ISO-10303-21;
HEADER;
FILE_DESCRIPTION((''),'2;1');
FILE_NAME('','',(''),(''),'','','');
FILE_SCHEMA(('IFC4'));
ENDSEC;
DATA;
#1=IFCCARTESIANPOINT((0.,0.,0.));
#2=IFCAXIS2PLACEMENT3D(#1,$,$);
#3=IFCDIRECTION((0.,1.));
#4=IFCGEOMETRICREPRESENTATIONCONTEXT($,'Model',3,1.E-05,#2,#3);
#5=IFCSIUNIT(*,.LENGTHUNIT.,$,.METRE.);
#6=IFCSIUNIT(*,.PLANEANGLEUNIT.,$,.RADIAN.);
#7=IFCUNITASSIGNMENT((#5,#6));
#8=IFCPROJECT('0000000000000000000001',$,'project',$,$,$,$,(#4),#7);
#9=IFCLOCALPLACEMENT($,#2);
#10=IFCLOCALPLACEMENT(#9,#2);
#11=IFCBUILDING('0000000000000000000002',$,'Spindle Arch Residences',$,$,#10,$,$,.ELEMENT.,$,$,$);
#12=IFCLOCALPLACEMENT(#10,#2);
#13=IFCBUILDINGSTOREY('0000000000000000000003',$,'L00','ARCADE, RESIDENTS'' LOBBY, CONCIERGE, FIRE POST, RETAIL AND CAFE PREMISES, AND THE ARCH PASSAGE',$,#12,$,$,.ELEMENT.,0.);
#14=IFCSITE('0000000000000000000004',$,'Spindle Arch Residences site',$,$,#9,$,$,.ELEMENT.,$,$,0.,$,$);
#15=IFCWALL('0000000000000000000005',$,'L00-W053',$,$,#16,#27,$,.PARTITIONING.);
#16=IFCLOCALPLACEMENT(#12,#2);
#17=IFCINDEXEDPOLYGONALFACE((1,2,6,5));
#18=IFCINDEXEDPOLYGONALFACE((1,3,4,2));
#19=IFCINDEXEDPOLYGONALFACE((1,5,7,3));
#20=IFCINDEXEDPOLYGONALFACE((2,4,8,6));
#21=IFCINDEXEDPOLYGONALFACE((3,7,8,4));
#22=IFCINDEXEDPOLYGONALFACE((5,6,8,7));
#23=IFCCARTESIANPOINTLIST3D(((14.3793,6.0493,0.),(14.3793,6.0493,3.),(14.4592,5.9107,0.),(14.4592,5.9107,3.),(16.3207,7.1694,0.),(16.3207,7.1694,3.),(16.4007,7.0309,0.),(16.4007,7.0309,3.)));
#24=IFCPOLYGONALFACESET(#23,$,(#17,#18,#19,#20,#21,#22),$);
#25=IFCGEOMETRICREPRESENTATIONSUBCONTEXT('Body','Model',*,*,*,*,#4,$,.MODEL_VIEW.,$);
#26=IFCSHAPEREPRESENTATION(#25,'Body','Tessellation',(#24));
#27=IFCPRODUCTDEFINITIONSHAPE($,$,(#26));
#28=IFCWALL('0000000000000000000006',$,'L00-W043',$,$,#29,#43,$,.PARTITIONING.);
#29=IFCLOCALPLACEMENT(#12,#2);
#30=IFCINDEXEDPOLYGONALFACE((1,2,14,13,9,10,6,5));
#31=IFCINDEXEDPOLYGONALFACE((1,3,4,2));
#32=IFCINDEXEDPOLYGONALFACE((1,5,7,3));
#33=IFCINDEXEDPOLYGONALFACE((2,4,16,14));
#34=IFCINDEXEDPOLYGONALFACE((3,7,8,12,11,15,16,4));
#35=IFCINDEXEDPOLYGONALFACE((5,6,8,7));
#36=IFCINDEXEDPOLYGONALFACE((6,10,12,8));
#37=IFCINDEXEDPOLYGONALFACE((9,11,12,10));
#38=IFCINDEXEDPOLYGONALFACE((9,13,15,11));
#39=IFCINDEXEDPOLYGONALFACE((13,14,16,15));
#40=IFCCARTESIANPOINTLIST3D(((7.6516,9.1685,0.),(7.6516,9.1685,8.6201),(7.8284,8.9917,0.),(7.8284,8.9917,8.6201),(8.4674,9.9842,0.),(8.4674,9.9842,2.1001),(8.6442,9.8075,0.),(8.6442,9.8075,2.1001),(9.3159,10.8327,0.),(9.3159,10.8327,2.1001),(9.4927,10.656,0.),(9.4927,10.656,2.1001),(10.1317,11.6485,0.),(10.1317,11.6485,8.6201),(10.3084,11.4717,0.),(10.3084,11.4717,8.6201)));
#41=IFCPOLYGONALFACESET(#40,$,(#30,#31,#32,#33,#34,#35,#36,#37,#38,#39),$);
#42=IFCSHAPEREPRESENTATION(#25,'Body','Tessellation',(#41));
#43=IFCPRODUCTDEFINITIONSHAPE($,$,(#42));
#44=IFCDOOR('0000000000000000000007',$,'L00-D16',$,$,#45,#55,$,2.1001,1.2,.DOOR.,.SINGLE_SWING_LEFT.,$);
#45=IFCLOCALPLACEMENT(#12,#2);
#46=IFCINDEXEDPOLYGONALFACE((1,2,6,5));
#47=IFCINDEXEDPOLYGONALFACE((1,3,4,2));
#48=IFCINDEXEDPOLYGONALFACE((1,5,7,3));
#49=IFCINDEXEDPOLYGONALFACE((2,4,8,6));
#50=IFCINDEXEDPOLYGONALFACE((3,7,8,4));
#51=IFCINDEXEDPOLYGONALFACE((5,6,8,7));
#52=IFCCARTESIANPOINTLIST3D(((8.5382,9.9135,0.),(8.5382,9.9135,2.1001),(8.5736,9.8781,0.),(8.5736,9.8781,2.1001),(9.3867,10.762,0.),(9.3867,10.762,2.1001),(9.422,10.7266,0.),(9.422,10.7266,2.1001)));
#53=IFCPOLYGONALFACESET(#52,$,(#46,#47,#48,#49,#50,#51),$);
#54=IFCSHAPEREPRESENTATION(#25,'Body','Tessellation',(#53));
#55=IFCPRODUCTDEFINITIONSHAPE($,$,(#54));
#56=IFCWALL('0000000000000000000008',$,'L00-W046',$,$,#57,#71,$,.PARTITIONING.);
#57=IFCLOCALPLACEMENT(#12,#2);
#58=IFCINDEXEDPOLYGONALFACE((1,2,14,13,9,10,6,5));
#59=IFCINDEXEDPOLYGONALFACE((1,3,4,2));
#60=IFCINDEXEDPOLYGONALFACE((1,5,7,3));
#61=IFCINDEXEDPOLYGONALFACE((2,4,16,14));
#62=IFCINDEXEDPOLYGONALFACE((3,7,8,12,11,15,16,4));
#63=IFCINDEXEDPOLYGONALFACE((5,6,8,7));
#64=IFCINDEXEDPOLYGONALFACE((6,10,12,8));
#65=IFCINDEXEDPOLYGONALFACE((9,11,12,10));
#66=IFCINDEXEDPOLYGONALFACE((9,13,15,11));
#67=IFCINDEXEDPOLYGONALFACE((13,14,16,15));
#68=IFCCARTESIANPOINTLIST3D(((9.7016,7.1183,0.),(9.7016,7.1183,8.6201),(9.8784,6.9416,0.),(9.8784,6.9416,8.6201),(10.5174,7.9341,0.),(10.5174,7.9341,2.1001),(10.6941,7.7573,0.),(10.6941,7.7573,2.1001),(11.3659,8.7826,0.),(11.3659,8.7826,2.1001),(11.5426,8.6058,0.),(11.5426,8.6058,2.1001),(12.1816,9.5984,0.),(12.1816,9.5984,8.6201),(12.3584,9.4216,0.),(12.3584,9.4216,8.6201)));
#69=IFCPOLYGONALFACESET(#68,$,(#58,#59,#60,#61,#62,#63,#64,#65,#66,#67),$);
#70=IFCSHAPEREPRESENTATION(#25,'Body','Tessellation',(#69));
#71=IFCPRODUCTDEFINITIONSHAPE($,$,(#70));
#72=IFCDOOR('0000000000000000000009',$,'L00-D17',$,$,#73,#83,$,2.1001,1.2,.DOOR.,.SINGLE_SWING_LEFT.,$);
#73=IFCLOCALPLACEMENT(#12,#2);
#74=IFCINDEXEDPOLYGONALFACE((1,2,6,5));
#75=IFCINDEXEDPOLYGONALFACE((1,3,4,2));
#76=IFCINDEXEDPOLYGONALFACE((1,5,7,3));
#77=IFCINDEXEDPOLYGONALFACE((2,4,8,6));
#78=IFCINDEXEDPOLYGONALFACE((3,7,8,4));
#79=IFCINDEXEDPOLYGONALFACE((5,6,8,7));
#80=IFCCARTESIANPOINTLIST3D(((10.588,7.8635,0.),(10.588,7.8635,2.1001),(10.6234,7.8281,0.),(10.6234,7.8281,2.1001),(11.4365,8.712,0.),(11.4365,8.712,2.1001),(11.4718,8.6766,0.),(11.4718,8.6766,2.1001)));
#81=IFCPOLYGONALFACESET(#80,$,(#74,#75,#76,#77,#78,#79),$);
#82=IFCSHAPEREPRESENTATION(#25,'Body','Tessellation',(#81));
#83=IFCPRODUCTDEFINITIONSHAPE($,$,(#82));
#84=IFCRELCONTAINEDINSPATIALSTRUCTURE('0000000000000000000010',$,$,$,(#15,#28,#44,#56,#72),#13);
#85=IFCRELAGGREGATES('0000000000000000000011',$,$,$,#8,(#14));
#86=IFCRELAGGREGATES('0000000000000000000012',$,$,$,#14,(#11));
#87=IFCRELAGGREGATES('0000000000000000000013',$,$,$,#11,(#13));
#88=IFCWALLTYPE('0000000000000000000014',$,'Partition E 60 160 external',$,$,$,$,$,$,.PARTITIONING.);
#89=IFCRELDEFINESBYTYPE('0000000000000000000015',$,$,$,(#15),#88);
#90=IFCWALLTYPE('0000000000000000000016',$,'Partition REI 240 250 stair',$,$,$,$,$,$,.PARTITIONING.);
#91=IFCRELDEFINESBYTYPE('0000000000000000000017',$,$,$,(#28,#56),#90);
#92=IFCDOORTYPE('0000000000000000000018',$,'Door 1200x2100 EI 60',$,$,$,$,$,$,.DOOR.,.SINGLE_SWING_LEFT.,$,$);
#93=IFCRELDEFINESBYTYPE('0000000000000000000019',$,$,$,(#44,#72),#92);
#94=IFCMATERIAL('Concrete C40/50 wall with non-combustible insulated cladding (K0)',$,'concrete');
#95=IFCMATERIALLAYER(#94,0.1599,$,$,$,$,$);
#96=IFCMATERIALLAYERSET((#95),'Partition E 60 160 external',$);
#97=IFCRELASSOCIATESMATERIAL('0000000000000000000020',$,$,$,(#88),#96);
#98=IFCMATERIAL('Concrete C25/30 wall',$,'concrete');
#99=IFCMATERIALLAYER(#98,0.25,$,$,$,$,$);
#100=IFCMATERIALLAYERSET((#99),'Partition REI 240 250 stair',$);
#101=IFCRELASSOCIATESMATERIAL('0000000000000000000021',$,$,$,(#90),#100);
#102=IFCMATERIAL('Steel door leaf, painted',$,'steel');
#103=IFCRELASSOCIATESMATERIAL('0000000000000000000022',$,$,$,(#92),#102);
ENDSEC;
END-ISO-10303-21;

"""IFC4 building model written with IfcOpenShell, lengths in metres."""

from ifc_helpers import new_model, si_unit, direction, frame, frame_2d, origin, place, context, subcontext, project, spatial, rectangle, extrude, material, layer, layer_set, type_object, element, fill, save


model = new_model("IFC4")

# Units and contexts
model_context = context("Model", 3, precision=1e-05, world=origin(), true_north=direction((0.0, 1.0)))
body_context = subcontext(model_context, "Body", "Model", "MODEL_VIEW")
ifc_project = project(units=[si_unit("LENGTHUNIT", "METRE"), si_unit("PLANEANGLEUNIT", "RADIAN")], contexts=[model_context])

# Site, building, storey
site_placement = place(None, origin())
site = spatial("IfcSite", under=ifc_project, at=site_placement, Name="Spindle Arch Residences site", CompositionType="ELEMENT", RefElevation=0.0)
building_placement = place(site_placement, origin())
building = spatial("IfcBuilding", under=site, at=building_placement, Name="Spindle Arch Residences", CompositionType="ELEMENT")
storey_placement = place(building_placement, origin())
storey = spatial("IfcBuildingStorey", under=building, at=storey_placement, Name="L00", Description="ARCADE, RESIDENTS' LOBBY, CONCIERGE, FIRE POST, RETAIL AND CAFE PREMISES, AND THE ARCH PASSAGE", CompositionType="ELEMENT", Elevation=0.0)

# Shared definitions
ifc_material_1 = material(Name="Concrete C40/50 wall with non-combustible insulated cladding (K0)", Category="concrete")
ifc_layer_1 = layer(ifc_material_1, 0.1599)
ifc_layer_set_1 = layer_set([ifc_layer_1], Name="Partition E 60 160 external")
wall_type_1 = type_object("IfcWallType", Name="Partition E 60 160 external", PredefinedType="PARTITIONING", material=ifc_layer_set_1)

# Wall
wall_1_placement = place(storey_placement, frame((16.3606, 7.1001, 0.0), z_axis=(0.0, 0.0, 1.0), x_axis=(-0.866171, -0.499748, 0.0)))
element("IfcWall", 1, at=wall_1_placement, inside=storey, type_object=wall_type_1, Name="L00-W053", PredefinedType="PARTITIONING", context=body_context, shape_type="SweptSolid", body=[
    extrude(rectangle(XDim=2.2415, YDim=0.1599, at=frame_2d((1.1206, 0.0))), origin(), (0.0, 0.0, 1.0), 3.0),
])

# Walls, openings, doors
ifc_material_2 = material(Name="Concrete C25/30 wall", Category="concrete")
ifc_layer_2 = layer(ifc_material_2, 0.25)
ifc_layer_set_2 = layer_set([ifc_layer_2], Name="Partition REI 240 250 stair")
wall_type_2 = type_object("IfcWallType", Name="Partition REI 240 250 stair", PredefinedType="PARTITIONING", material=ifc_layer_set_2)
wall_2_placement = place(storey_placement, frame((7.74, 9.0801, 0.0), z_axis=(0.0, 0.0, 1.0), x_axis=(0.707107, 0.707107, 0.0)))
wall_2 = element("IfcWall", 2, at=wall_2_placement, inside=storey, type_object=wall_type_2, Name="L00-W043", PredefinedType="PARTITIONING", context=body_context, shape_type="SweptSolid", body=[
    extrude(rectangle(XDim=3.5073, YDim=0.25, at=frame_2d((1.7537, 0.0))), origin(), (0.0, 0.0, 1.0), 8.6201),
])
opening_1_placement = place(wall_2_placement, frame((1.1536, 0.0, 0.0)))
opening_1 = element("IfcOpeningElement", 3, at=opening_1_placement, cuts=wall_2, PredefinedType="OPENING", context=body_context, shape_type="SweptSolid", body=[
    extrude(rectangle(XDim=1.2, YDim=2.1001, at=frame_2d((0.6001, 1.05))), frame((0.0, 0.135, 0.0), z_axis=(0.0, -1.0, 0.0), x_axis=(1.0, 0.0, 0.0)), (0.0, 0.0, 1.0), 0.27),
])
ifc_material_3 = material(Name="Steel door leaf, painted", Category="steel")
door_type_1 = type_object("IfcDoorType", Name="Door 1200x2100 EI 60", OperationType="SINGLE_SWING_LEFT", PredefinedType="DOOR", material=ifc_material_3)
door_1_placement = place(opening_1_placement, origin())
door_1 = element("IfcDoor", 4, at=door_1_placement, inside=storey, type_object=door_type_1, Name="L00-D16", OperationType="SINGLE_SWING_LEFT", OverallHeight=2.1001, OverallWidth=1.2, PredefinedType="DOOR", context=body_context, shape_type="SweptSolid", body=[
    extrude(rectangle(XDim=1.2, YDim=2.1001, at=frame_2d((0.6001, 1.05))), frame((0.0, 0.0249, 0.0), z_axis=(0.0, -1.0, 0.0), x_axis=(1.0, 0.0, 0.0)), (0.0, 0.0, 1.0), 0.05),
])
fill(opening_1, door_1)
wall_3_placement = place(storey_placement, frame((12.27, 9.51, 0.0), z_axis=(0.0, 0.0, 1.0), x_axis=(-0.707107, -0.707107, 0.0)))
wall_3 = element("IfcWall", 5, at=wall_3_placement, inside=storey, type_object=wall_type_2, Name="L00-W046", PredefinedType="PARTITIONING", context=body_context, shape_type="SweptSolid", body=[
    extrude(rectangle(XDim=3.5073, YDim=0.25, at=frame_2d((1.7537, 0.0))), origin(), (0.0, 0.0, 1.0), 8.6201),
])
opening_2_placement = place(wall_3_placement, frame((1.1536, 0.0, 0.0)))
opening_2 = element("IfcOpeningElement", 6, at=opening_2_placement, cuts=wall_3, PredefinedType="OPENING", context=body_context, shape_type="SweptSolid", body=[
    extrude(rectangle(XDim=1.2, YDim=2.1001, at=frame_2d((0.6001, 1.05))), frame((0.0, 0.135, 0.0), z_axis=(0.0, -1.0, 0.0), x_axis=(1.0, 0.0, 0.0)), (0.0, 0.0, 1.0), 0.27),
])
door_2_placement = place(opening_2_placement, origin())
door_2 = element("IfcDoor", 7, at=door_2_placement, inside=storey, type_object=door_type_1, Name="L00-D17", OperationType="SINGLE_SWING_LEFT", OverallHeight=2.1001, OverallWidth=1.2, PredefinedType="DOOR", context=body_context, shape_type="SweptSolid", body=[
    extrude(rectangle(XDim=1.2, YDim=2.1001, at=frame_2d((0.6001, 1.05))), frame((0.0, 0.0249, 0.0), z_axis=(0.0, -1.0, 0.0), x_axis=(1.0, 0.0, 0.0)), (0.0, 0.0, 1.0), 0.05),
])
fill(opening_2, door_2)

save(model, "model.ifc")
